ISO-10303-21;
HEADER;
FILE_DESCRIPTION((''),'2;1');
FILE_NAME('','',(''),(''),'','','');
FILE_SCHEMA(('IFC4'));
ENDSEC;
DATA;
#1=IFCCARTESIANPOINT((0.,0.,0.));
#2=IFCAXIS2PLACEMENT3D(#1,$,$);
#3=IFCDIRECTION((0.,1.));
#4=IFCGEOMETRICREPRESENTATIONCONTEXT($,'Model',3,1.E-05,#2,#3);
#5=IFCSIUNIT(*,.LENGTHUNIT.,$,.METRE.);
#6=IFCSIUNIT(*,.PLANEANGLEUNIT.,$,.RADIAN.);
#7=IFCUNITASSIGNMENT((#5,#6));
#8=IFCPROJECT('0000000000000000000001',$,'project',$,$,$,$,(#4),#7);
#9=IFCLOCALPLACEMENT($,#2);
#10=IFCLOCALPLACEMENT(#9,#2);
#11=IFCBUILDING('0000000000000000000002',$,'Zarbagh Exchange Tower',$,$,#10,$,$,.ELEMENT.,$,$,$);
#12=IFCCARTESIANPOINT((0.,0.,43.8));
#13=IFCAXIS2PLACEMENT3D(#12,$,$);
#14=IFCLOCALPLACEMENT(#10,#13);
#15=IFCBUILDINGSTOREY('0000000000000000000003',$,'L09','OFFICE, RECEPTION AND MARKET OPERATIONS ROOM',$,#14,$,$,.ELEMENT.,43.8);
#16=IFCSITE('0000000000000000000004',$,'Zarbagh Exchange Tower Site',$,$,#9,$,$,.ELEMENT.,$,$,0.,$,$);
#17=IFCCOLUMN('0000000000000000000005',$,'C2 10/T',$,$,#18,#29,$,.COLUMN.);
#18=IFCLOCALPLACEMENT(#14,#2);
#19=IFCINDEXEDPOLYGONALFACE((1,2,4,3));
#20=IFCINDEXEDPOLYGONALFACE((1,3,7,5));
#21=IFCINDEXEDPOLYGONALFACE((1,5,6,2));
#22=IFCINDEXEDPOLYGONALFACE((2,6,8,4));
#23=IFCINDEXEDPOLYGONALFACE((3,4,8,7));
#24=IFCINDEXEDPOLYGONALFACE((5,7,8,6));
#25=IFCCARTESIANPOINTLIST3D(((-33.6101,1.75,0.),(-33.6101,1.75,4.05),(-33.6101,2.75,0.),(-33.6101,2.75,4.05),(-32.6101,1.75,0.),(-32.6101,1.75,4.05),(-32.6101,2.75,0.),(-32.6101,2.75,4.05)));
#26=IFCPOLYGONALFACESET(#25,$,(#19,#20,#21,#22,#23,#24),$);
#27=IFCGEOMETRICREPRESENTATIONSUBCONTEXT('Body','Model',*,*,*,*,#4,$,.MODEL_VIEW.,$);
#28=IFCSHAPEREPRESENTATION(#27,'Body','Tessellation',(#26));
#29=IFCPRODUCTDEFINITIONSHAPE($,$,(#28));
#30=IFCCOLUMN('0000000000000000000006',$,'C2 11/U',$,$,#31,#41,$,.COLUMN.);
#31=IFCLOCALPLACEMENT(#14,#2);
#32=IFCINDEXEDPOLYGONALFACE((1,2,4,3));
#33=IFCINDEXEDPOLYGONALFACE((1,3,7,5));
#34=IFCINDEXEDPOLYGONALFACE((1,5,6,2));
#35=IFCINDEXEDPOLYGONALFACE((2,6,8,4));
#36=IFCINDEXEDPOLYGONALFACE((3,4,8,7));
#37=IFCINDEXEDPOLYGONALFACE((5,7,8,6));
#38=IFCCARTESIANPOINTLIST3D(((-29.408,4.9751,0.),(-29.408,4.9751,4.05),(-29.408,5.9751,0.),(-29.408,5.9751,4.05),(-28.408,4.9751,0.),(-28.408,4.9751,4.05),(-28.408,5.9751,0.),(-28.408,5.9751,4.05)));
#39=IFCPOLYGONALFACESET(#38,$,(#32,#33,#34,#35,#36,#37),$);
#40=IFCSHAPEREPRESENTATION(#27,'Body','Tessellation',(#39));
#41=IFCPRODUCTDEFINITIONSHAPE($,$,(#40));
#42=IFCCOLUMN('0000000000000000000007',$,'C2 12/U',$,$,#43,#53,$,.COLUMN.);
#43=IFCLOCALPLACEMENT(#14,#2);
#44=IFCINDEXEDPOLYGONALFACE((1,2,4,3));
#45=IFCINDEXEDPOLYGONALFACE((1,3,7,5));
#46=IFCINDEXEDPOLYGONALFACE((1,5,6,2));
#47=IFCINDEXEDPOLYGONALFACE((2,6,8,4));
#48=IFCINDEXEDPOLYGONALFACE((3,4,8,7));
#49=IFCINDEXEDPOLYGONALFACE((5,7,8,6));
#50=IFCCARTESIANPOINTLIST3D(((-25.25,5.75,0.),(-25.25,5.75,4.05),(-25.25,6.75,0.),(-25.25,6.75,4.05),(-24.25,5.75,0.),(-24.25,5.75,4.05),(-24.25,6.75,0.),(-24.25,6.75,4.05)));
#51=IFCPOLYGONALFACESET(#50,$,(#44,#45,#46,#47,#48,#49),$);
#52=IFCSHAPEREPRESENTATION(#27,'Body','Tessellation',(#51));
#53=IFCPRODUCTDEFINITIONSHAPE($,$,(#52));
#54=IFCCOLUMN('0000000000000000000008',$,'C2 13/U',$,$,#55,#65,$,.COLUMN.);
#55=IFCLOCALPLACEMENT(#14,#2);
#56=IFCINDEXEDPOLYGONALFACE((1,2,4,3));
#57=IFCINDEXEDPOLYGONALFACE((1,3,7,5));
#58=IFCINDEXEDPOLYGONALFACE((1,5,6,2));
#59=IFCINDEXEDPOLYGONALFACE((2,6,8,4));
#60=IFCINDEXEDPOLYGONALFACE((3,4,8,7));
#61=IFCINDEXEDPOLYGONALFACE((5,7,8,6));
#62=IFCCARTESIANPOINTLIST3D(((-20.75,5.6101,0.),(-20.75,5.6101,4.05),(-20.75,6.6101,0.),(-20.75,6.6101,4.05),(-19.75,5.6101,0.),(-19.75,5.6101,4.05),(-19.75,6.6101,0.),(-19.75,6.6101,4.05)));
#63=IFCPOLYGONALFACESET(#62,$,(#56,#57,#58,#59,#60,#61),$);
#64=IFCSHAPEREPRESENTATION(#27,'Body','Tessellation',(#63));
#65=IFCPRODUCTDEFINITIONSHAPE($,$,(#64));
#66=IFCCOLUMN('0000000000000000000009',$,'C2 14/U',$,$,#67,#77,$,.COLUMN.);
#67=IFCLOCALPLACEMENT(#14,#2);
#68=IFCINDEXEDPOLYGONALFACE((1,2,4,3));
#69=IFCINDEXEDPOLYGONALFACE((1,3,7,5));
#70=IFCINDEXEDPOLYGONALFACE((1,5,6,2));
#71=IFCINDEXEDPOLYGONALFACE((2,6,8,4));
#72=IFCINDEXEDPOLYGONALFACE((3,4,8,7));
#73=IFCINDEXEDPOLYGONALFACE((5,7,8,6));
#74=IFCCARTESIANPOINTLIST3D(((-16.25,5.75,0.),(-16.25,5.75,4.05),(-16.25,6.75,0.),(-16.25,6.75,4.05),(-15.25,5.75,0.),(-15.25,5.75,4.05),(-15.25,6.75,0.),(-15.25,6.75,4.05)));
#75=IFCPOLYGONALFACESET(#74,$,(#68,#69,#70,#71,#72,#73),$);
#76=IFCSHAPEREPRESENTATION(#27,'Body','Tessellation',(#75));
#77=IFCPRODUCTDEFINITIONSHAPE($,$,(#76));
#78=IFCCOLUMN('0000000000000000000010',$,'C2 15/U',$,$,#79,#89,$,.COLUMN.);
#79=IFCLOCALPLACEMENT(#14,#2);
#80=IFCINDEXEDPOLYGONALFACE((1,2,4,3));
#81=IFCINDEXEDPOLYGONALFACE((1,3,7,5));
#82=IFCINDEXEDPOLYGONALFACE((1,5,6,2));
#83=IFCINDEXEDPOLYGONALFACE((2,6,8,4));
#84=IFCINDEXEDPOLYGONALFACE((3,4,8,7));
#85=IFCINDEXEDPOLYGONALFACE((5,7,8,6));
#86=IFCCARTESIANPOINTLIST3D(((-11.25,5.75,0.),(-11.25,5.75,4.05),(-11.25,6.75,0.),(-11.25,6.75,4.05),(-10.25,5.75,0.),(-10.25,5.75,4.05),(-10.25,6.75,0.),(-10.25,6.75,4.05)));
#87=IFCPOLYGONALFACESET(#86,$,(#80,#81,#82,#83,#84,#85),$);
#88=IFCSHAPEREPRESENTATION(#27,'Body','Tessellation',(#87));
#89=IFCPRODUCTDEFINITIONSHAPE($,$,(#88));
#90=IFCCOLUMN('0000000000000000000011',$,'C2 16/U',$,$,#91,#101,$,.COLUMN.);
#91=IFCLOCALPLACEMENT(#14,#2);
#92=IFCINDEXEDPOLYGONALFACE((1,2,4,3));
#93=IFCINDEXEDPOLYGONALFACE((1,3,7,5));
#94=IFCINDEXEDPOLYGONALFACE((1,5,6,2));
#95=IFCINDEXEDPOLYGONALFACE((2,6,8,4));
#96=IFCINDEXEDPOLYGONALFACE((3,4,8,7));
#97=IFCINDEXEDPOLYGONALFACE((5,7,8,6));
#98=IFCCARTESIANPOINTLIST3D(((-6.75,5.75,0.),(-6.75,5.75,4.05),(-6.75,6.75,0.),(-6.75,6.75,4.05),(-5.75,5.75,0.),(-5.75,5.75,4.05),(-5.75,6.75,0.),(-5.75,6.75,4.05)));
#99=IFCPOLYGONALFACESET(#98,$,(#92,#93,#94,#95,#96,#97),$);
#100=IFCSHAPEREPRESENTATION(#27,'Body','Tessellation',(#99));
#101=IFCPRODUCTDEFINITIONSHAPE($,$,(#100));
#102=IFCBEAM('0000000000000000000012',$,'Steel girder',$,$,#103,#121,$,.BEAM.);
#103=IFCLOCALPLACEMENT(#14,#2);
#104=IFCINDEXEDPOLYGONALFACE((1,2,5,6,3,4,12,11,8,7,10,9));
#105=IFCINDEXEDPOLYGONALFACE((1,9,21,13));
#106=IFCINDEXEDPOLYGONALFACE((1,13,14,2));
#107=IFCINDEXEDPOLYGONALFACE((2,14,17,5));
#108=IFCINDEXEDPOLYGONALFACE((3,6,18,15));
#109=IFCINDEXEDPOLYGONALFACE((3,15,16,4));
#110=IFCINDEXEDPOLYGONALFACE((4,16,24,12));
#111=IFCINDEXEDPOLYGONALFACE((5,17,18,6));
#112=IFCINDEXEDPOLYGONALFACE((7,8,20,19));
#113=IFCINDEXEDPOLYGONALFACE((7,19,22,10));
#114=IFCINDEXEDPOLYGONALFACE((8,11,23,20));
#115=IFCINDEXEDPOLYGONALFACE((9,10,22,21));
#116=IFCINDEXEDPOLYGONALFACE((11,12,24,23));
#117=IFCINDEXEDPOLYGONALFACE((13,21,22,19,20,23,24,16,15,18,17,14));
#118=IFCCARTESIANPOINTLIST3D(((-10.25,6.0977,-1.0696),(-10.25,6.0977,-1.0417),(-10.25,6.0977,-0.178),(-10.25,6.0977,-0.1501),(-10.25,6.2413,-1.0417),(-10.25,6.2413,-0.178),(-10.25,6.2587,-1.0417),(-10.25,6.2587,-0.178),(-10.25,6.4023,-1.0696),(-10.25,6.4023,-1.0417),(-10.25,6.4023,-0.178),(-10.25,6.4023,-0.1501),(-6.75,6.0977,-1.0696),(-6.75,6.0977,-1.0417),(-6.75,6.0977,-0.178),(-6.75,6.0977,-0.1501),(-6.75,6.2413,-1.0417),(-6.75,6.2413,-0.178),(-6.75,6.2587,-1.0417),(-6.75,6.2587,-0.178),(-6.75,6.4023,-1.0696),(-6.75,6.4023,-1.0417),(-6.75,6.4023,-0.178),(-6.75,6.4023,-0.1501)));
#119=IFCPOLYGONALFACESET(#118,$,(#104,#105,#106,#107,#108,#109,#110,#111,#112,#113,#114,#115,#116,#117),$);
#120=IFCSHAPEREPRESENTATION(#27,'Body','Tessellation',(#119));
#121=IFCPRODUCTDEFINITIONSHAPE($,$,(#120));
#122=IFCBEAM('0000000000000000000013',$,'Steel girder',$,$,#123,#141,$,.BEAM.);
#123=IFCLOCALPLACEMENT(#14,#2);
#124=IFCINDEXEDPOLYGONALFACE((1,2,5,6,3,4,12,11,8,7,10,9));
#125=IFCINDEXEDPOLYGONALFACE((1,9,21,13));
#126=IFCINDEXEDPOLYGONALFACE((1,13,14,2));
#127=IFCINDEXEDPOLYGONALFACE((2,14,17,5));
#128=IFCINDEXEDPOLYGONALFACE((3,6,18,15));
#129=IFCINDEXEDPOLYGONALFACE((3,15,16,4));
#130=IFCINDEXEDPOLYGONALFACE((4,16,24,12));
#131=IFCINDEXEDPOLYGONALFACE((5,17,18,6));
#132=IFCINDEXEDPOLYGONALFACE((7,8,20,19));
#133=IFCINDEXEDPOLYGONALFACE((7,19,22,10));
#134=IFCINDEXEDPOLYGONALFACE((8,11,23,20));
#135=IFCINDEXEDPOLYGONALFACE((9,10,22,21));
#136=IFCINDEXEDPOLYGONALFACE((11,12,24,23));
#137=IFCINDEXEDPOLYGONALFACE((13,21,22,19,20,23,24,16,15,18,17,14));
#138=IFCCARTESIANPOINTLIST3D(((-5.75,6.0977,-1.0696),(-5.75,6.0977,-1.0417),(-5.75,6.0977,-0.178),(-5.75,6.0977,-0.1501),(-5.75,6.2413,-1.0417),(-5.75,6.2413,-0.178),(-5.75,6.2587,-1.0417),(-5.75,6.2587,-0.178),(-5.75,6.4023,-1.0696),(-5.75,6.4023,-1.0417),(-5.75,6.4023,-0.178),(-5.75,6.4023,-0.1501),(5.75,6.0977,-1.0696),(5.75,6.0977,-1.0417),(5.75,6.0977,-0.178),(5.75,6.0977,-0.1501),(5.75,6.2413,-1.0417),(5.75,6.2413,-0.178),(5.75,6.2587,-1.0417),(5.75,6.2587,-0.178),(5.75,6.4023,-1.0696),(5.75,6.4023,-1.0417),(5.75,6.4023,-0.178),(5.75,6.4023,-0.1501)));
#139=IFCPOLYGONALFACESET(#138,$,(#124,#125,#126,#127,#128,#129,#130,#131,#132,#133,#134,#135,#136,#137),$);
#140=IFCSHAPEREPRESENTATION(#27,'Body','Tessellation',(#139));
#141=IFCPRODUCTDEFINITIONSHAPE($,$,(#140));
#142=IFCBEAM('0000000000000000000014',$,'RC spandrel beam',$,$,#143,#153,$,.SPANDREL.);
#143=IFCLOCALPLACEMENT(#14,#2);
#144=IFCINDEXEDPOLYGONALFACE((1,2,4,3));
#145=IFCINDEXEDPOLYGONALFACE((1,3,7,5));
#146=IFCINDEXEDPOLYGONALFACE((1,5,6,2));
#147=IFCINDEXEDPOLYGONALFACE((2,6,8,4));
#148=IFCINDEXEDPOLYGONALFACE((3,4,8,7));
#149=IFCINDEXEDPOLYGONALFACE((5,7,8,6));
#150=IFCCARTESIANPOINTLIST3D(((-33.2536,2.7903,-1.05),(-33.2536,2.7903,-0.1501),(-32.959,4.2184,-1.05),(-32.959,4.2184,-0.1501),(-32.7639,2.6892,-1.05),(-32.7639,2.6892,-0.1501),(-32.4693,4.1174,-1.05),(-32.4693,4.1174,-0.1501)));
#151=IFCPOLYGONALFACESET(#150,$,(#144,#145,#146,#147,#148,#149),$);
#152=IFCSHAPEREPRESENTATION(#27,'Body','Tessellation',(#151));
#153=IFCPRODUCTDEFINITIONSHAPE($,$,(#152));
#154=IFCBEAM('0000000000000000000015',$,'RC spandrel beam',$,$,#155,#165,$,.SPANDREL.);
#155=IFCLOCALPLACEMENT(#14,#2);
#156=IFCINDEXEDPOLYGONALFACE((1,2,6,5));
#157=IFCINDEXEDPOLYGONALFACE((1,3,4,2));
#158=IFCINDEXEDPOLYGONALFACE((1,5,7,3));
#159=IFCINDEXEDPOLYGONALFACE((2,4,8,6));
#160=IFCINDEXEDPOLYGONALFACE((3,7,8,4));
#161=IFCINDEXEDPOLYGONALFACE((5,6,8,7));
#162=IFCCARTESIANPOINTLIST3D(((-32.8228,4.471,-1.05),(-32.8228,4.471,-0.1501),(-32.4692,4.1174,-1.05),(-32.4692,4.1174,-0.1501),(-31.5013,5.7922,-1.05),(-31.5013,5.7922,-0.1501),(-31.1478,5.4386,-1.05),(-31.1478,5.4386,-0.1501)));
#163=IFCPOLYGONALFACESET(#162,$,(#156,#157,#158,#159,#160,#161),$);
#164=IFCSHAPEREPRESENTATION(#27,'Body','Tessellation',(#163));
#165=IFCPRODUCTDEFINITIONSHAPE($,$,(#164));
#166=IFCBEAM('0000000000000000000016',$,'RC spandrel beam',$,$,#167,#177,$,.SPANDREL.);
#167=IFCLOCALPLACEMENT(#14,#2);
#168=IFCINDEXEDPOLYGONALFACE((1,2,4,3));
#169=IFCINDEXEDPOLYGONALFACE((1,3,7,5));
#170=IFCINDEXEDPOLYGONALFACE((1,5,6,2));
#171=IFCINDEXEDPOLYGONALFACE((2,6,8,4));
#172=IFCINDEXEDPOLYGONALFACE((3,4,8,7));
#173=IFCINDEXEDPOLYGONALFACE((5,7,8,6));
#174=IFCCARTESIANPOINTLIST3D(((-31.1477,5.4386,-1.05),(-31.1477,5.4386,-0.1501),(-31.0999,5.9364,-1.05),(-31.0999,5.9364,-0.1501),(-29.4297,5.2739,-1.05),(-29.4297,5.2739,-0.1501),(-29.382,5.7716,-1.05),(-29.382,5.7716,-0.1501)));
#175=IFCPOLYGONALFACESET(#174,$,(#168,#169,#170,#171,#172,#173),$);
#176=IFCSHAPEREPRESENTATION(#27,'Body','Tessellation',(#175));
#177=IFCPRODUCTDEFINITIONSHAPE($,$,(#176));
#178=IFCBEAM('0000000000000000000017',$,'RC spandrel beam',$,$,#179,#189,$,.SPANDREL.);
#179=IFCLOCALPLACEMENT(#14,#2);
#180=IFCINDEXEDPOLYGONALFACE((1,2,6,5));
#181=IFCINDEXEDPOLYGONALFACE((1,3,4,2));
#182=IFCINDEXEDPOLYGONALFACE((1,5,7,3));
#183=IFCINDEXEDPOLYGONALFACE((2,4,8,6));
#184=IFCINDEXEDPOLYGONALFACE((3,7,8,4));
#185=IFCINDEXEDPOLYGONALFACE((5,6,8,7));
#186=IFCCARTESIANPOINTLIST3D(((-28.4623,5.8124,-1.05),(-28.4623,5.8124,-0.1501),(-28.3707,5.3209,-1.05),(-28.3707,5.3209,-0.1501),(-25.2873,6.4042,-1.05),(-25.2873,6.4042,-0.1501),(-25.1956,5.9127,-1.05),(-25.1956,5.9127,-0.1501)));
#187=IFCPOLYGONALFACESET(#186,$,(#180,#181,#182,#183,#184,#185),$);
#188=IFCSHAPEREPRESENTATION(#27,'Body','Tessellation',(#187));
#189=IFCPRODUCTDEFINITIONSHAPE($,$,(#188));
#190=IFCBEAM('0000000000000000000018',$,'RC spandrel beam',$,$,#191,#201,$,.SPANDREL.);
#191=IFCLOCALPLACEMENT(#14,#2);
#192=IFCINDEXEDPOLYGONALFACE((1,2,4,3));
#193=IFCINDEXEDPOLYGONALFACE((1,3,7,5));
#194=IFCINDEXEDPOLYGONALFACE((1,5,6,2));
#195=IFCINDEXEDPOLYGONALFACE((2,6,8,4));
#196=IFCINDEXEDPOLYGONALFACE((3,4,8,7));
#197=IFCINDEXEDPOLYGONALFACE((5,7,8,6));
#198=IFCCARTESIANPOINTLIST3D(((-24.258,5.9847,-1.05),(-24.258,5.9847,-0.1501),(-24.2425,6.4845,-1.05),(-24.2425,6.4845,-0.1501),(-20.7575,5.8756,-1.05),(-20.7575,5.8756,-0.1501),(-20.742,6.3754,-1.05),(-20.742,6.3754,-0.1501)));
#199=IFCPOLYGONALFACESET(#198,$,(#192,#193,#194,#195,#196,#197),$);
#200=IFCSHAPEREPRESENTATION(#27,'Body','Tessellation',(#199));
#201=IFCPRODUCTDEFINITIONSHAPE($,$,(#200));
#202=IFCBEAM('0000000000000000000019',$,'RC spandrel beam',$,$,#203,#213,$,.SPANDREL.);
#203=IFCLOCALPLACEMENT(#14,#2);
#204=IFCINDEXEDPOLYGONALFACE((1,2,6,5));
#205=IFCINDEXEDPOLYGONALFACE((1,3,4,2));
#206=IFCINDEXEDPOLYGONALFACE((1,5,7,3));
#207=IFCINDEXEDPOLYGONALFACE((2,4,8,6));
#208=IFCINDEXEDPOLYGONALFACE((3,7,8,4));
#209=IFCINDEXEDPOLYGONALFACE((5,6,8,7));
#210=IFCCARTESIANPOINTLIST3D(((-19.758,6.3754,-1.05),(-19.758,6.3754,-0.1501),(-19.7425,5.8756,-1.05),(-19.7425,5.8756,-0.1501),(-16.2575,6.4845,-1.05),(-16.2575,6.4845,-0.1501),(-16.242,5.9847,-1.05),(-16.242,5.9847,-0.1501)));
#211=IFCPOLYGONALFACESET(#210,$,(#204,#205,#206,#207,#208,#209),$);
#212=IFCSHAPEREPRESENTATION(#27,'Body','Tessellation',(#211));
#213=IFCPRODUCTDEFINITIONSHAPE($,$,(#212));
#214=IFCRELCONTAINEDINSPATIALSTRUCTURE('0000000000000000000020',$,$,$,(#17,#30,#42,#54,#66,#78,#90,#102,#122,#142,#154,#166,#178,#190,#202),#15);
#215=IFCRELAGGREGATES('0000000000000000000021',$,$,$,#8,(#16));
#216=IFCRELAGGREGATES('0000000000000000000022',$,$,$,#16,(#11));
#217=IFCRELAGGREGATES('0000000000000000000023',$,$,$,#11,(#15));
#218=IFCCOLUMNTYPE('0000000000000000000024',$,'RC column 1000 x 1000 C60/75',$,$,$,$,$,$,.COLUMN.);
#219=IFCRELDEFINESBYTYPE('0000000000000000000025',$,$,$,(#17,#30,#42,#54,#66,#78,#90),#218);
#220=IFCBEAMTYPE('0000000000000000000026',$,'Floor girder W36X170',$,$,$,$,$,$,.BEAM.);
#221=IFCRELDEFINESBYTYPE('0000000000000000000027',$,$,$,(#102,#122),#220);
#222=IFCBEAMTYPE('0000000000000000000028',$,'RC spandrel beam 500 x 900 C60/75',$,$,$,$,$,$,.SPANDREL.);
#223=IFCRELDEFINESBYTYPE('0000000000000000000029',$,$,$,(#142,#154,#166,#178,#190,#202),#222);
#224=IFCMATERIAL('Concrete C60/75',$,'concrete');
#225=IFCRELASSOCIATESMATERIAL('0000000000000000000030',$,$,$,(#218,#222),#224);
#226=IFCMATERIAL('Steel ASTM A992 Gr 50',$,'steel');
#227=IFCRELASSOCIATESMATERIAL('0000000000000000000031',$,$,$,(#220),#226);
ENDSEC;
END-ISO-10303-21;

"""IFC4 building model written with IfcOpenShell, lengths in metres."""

from ifc_helpers import new_model, si_unit, direction, frame, origin, origin_2d, place, context, subcontext, project, spatial, rectangle, i_section, extrude, material, material_profile, profile_set, type_object, element, save


model = new_model("IFC4")

# Units and contexts
model_context = context("Model", 3, precision=1e-05, world=origin(), true_north=direction((0.0, 1.0)))
body_context = subcontext(model_context, "Body", "Model", "MODEL_VIEW")
ifc_project = project(units=[si_unit("LENGTHUNIT", "METRE"), si_unit("PLANEANGLEUNIT", "RADIAN")], contexts=[model_context])

# Site, building, storey
site_placement = place(None, origin())
site = spatial("IfcSite", under=ifc_project, at=site_placement, Name="Zarbagh Exchange Tower Site", CompositionType="ELEMENT", RefElevation=0.0)
building_placement = place(site_placement, origin())
building = spatial("IfcBuilding", under=site, at=building_placement, Name="Zarbagh Exchange Tower", CompositionType="ELEMENT")
storey_placement = place(building_placement, frame((0.0, 0.0, 43.8)))
storey = spatial("IfcBuildingStorey", under=building, at=storey_placement, Name="L09", Description="OFFICE, RECEPTION AND MARKET OPERATIONS ROOM", CompositionType="ELEMENT", Elevation=43.8)

# Columns
ifc_material_1 = material(Name="Concrete C60/75", Category="concrete")
ifc_material_profile_1 = material_profile(ifc_material_1, rectangle(XDim=1.0, YDim=1.0, at=origin_2d()), Name="RC column 1000 x 1000 C60/75")
ifc_profile_set_1 = profile_set([ifc_material_profile_1], Name="Concrete C60/75")
column_type = type_object("IfcColumnType", Name="RC column 1000 x 1000 C60/75", PredefinedType="COLUMN", material=ifc_profile_set_1)
for number, where, z_axis, x_axis, name in (
    (1, (-33.1101, 2.25, 0.0), (0.0, 0.0, 1.0), (1.0, 0.0, 0.0), "C2 10/T"),
    (2, (-28.908, 5.4751, 0.0), (0.0, 0.0, 1.0), (1.0, 0.0, 0.0), "C2 11/U"),
    (3, (-24.75, 6.25, 0.0), (0.0, 0.0, 1.0), (1.0, 0.0, 0.0), "C2 12/U"),
    (4, (-20.25, 6.1101, 0.0), (0.0, 0.0, 1.0), (1.0, 0.0, 0.0), "C2 13/U"),
    (5, (-15.75, 6.25, 0.0), (0.0, 0.0, 1.0), (1.0, 0.0, 0.0), "C2 14/U"),
    (6, (-10.75, 6.25, 0.0), (0.0, 0.0, 1.0), (1.0, 0.0, 0.0), "C2 15/U"),
    (7, (-6.25, 6.25, 0.0), (0.0, 0.0, 1.0), (1.0, 0.0, 0.0), "C2 16/U"),
):
    element("IfcColumn", number, at=place(storey_placement, frame(where, z_axis=z_axis, x_axis=x_axis)), inside=storey, type_object=column_type, Name=name, PredefinedType="COLUMN", context=body_context, shape_type="SweptSolid", body=[
        extrude(rectangle(XDim=1.0, YDim=1.0, at=origin_2d()), origin(), (0.0, 0.0, 1.0), 4.05),
    ])

# Beams
ifc_material_2 = material(Name="Steel ASTM A992 Gr 50", Category="steel")
ifc_material_profile_2 = material_profile(ifc_material_2, i_section(OverallWidth=0.3047, OverallDepth=0.9194, WebThickness=0.0173, FlangeThickness=0.0278, at=origin_2d()), Name="W36X170")
ifc_profile_set_2 = profile_set([ifc_material_profile_2], Name="Steel ASTM A992 Gr 50")
beam_type_1 = type_object("IfcBeamType", Name="Floor girder W36X170", PredefinedType="BEAM", material=ifc_profile_set_2)
beam_1_placement = place(storey_placement, frame((-10.25, 6.25, -0.6099), z_axis=(1.0, 0.0, 0.0), x_axis=(0.0, 1.0, 0.0)))
element("IfcBeam", 8, at=beam_1_placement, inside=storey, type_object=beam_type_1, Name="Steel girder", PredefinedType="BEAM", context=body_context, shape_type="SweptSolid", body=[
    extrude(i_section(OverallWidth=0.3047, OverallDepth=0.9194, WebThickness=0.0173, FlangeThickness=0.0278, at=origin_2d()), origin(), (0.0, 0.0, 1.0), 3.5),
])
beam_2_placement = place(storey_placement, frame((-5.75, 6.25, -0.6099), z_axis=(1.0, 0.0, 0.0), x_axis=(0.0, 1.0, 0.0)))
element("IfcBeam", 9, at=beam_2_placement, inside=storey, type_object=beam_type_1, Name="Steel girder", PredefinedType="BEAM", context=body_context, shape_type="SweptSolid", body=[
    extrude(i_section(OverallWidth=0.3047, OverallDepth=0.9194, WebThickness=0.0173, FlangeThickness=0.0278, at=origin_2d()), origin(), (0.0, 0.0, 1.0), 11.5),
])
ifc_material_profile_3 = material_profile(ifc_material_1, rectangle(XDim=0.5, YDim=0.8999, at=origin_2d()), Name="RC spandrel beam 500 x 900 C60/75")
ifc_profile_set_3 = profile_set([ifc_material_profile_3], Name="Concrete C60/75")
beam_type_2 = type_object("IfcBeamType", Name="RC spandrel beam 500 x 900 C60/75", PredefinedType="SPANDREL", material=ifc_profile_set_3)
beam_3_placement = place(storey_placement, frame((-33.0088, 2.7397, -0.6001), z_axis=(0.202069, 0.979371, 0.0), x_axis=(-0.979371, 0.202069, 0.0)))
element("IfcBeam", 10, at=beam_3_placement, inside=storey, type_object=beam_type_2, Name="RC spandrel beam", PredefinedType="SPANDREL", context=body_context, shape_type="SweptSolid", body=[
    extrude(rectangle(XDim=0.5, YDim=0.8999, at=origin_2d()), origin(), (0.0, 0.0, 1.0), 1.4583),
])
beam_4_placement = place(storey_placement, frame((-32.646, 4.2942, -0.6001), z_axis=(0.707172, 0.707041, 0.0), x_axis=(-0.707041, 0.707172, 0.0)))
element("IfcBeam", 11, at=beam_4_placement, inside=storey, type_object=beam_type_2, Name="RC spandrel beam", PredefinedType="SPANDREL", context=body_context, shape_type="SweptSolid", body=[
    extrude(rectangle(XDim=0.5, YDim=0.8999, at=origin_2d()), origin(), (0.0, 0.0, 1.0), 1.8687),
])
beam_5_placement = place(storey_placement, frame((-31.1238, 5.6875, -0.6001), z_axis=(0.995431, -0.095483, 0.0), x_axis=(0.095483, 0.995431, 0.0)))
element("IfcBeam", 12, at=beam_5_placement, inside=storey, type_object=beam_type_2, Name="RC spandrel beam", PredefinedType="SPANDREL", context=body_context, shape_type="SweptSolid", body=[
    extrude(rectangle(XDim=0.5, YDim=0.8999, at=origin_2d()), origin(), (0.0, 0.0, 1.0), 1.7258),
])
beam_6_placement = place(storey_placement, frame((-28.4165, 5.5667, -0.6001), z_axis=(0.983069, 0.183234, 0.0), x_axis=(-0.183234, 0.983069, 0.0)))
element("IfcBeam", 13, at=beam_6_placement, inside=storey, type_object=beam_type_2, Name="RC spandrel beam", PredefinedType="SPANDREL", context=body_context, shape_type="SweptSolid", body=[
    extrude(rectangle(XDim=0.5, YDim=0.8999, at=origin_2d()), origin(), (0.0, 0.0, 1.0), 3.2297),
])
for number, where, z_axis, x_axis, name in (
    (14, (-24.2502, 6.2346, -0.6001), (0.999514, -0.031161, 0.0), (0.031161, 0.999514, 0.0), "RC spandrel beam"),
    (15, (-19.7502, 6.1255, -0.6001), (0.999514, 0.031161, 0.0), (-0.031161, 0.999514, 0.0), "RC spandrel beam"),
):
    element("IfcBeam", number, at=place(storey_placement, frame(where, z_axis=z_axis, x_axis=x_axis)), inside=storey, type_object=beam_type_2, Name=name, PredefinedType="SPANDREL", context=body_context, shape_type="SweptSolid", body=[
        extrude(rectangle(XDim=0.5, YDim=0.8999, at=origin_2d()), origin(), (0.0, 0.0, 1.0), 3.5022),
    ])

save(model, "model.ifc")
